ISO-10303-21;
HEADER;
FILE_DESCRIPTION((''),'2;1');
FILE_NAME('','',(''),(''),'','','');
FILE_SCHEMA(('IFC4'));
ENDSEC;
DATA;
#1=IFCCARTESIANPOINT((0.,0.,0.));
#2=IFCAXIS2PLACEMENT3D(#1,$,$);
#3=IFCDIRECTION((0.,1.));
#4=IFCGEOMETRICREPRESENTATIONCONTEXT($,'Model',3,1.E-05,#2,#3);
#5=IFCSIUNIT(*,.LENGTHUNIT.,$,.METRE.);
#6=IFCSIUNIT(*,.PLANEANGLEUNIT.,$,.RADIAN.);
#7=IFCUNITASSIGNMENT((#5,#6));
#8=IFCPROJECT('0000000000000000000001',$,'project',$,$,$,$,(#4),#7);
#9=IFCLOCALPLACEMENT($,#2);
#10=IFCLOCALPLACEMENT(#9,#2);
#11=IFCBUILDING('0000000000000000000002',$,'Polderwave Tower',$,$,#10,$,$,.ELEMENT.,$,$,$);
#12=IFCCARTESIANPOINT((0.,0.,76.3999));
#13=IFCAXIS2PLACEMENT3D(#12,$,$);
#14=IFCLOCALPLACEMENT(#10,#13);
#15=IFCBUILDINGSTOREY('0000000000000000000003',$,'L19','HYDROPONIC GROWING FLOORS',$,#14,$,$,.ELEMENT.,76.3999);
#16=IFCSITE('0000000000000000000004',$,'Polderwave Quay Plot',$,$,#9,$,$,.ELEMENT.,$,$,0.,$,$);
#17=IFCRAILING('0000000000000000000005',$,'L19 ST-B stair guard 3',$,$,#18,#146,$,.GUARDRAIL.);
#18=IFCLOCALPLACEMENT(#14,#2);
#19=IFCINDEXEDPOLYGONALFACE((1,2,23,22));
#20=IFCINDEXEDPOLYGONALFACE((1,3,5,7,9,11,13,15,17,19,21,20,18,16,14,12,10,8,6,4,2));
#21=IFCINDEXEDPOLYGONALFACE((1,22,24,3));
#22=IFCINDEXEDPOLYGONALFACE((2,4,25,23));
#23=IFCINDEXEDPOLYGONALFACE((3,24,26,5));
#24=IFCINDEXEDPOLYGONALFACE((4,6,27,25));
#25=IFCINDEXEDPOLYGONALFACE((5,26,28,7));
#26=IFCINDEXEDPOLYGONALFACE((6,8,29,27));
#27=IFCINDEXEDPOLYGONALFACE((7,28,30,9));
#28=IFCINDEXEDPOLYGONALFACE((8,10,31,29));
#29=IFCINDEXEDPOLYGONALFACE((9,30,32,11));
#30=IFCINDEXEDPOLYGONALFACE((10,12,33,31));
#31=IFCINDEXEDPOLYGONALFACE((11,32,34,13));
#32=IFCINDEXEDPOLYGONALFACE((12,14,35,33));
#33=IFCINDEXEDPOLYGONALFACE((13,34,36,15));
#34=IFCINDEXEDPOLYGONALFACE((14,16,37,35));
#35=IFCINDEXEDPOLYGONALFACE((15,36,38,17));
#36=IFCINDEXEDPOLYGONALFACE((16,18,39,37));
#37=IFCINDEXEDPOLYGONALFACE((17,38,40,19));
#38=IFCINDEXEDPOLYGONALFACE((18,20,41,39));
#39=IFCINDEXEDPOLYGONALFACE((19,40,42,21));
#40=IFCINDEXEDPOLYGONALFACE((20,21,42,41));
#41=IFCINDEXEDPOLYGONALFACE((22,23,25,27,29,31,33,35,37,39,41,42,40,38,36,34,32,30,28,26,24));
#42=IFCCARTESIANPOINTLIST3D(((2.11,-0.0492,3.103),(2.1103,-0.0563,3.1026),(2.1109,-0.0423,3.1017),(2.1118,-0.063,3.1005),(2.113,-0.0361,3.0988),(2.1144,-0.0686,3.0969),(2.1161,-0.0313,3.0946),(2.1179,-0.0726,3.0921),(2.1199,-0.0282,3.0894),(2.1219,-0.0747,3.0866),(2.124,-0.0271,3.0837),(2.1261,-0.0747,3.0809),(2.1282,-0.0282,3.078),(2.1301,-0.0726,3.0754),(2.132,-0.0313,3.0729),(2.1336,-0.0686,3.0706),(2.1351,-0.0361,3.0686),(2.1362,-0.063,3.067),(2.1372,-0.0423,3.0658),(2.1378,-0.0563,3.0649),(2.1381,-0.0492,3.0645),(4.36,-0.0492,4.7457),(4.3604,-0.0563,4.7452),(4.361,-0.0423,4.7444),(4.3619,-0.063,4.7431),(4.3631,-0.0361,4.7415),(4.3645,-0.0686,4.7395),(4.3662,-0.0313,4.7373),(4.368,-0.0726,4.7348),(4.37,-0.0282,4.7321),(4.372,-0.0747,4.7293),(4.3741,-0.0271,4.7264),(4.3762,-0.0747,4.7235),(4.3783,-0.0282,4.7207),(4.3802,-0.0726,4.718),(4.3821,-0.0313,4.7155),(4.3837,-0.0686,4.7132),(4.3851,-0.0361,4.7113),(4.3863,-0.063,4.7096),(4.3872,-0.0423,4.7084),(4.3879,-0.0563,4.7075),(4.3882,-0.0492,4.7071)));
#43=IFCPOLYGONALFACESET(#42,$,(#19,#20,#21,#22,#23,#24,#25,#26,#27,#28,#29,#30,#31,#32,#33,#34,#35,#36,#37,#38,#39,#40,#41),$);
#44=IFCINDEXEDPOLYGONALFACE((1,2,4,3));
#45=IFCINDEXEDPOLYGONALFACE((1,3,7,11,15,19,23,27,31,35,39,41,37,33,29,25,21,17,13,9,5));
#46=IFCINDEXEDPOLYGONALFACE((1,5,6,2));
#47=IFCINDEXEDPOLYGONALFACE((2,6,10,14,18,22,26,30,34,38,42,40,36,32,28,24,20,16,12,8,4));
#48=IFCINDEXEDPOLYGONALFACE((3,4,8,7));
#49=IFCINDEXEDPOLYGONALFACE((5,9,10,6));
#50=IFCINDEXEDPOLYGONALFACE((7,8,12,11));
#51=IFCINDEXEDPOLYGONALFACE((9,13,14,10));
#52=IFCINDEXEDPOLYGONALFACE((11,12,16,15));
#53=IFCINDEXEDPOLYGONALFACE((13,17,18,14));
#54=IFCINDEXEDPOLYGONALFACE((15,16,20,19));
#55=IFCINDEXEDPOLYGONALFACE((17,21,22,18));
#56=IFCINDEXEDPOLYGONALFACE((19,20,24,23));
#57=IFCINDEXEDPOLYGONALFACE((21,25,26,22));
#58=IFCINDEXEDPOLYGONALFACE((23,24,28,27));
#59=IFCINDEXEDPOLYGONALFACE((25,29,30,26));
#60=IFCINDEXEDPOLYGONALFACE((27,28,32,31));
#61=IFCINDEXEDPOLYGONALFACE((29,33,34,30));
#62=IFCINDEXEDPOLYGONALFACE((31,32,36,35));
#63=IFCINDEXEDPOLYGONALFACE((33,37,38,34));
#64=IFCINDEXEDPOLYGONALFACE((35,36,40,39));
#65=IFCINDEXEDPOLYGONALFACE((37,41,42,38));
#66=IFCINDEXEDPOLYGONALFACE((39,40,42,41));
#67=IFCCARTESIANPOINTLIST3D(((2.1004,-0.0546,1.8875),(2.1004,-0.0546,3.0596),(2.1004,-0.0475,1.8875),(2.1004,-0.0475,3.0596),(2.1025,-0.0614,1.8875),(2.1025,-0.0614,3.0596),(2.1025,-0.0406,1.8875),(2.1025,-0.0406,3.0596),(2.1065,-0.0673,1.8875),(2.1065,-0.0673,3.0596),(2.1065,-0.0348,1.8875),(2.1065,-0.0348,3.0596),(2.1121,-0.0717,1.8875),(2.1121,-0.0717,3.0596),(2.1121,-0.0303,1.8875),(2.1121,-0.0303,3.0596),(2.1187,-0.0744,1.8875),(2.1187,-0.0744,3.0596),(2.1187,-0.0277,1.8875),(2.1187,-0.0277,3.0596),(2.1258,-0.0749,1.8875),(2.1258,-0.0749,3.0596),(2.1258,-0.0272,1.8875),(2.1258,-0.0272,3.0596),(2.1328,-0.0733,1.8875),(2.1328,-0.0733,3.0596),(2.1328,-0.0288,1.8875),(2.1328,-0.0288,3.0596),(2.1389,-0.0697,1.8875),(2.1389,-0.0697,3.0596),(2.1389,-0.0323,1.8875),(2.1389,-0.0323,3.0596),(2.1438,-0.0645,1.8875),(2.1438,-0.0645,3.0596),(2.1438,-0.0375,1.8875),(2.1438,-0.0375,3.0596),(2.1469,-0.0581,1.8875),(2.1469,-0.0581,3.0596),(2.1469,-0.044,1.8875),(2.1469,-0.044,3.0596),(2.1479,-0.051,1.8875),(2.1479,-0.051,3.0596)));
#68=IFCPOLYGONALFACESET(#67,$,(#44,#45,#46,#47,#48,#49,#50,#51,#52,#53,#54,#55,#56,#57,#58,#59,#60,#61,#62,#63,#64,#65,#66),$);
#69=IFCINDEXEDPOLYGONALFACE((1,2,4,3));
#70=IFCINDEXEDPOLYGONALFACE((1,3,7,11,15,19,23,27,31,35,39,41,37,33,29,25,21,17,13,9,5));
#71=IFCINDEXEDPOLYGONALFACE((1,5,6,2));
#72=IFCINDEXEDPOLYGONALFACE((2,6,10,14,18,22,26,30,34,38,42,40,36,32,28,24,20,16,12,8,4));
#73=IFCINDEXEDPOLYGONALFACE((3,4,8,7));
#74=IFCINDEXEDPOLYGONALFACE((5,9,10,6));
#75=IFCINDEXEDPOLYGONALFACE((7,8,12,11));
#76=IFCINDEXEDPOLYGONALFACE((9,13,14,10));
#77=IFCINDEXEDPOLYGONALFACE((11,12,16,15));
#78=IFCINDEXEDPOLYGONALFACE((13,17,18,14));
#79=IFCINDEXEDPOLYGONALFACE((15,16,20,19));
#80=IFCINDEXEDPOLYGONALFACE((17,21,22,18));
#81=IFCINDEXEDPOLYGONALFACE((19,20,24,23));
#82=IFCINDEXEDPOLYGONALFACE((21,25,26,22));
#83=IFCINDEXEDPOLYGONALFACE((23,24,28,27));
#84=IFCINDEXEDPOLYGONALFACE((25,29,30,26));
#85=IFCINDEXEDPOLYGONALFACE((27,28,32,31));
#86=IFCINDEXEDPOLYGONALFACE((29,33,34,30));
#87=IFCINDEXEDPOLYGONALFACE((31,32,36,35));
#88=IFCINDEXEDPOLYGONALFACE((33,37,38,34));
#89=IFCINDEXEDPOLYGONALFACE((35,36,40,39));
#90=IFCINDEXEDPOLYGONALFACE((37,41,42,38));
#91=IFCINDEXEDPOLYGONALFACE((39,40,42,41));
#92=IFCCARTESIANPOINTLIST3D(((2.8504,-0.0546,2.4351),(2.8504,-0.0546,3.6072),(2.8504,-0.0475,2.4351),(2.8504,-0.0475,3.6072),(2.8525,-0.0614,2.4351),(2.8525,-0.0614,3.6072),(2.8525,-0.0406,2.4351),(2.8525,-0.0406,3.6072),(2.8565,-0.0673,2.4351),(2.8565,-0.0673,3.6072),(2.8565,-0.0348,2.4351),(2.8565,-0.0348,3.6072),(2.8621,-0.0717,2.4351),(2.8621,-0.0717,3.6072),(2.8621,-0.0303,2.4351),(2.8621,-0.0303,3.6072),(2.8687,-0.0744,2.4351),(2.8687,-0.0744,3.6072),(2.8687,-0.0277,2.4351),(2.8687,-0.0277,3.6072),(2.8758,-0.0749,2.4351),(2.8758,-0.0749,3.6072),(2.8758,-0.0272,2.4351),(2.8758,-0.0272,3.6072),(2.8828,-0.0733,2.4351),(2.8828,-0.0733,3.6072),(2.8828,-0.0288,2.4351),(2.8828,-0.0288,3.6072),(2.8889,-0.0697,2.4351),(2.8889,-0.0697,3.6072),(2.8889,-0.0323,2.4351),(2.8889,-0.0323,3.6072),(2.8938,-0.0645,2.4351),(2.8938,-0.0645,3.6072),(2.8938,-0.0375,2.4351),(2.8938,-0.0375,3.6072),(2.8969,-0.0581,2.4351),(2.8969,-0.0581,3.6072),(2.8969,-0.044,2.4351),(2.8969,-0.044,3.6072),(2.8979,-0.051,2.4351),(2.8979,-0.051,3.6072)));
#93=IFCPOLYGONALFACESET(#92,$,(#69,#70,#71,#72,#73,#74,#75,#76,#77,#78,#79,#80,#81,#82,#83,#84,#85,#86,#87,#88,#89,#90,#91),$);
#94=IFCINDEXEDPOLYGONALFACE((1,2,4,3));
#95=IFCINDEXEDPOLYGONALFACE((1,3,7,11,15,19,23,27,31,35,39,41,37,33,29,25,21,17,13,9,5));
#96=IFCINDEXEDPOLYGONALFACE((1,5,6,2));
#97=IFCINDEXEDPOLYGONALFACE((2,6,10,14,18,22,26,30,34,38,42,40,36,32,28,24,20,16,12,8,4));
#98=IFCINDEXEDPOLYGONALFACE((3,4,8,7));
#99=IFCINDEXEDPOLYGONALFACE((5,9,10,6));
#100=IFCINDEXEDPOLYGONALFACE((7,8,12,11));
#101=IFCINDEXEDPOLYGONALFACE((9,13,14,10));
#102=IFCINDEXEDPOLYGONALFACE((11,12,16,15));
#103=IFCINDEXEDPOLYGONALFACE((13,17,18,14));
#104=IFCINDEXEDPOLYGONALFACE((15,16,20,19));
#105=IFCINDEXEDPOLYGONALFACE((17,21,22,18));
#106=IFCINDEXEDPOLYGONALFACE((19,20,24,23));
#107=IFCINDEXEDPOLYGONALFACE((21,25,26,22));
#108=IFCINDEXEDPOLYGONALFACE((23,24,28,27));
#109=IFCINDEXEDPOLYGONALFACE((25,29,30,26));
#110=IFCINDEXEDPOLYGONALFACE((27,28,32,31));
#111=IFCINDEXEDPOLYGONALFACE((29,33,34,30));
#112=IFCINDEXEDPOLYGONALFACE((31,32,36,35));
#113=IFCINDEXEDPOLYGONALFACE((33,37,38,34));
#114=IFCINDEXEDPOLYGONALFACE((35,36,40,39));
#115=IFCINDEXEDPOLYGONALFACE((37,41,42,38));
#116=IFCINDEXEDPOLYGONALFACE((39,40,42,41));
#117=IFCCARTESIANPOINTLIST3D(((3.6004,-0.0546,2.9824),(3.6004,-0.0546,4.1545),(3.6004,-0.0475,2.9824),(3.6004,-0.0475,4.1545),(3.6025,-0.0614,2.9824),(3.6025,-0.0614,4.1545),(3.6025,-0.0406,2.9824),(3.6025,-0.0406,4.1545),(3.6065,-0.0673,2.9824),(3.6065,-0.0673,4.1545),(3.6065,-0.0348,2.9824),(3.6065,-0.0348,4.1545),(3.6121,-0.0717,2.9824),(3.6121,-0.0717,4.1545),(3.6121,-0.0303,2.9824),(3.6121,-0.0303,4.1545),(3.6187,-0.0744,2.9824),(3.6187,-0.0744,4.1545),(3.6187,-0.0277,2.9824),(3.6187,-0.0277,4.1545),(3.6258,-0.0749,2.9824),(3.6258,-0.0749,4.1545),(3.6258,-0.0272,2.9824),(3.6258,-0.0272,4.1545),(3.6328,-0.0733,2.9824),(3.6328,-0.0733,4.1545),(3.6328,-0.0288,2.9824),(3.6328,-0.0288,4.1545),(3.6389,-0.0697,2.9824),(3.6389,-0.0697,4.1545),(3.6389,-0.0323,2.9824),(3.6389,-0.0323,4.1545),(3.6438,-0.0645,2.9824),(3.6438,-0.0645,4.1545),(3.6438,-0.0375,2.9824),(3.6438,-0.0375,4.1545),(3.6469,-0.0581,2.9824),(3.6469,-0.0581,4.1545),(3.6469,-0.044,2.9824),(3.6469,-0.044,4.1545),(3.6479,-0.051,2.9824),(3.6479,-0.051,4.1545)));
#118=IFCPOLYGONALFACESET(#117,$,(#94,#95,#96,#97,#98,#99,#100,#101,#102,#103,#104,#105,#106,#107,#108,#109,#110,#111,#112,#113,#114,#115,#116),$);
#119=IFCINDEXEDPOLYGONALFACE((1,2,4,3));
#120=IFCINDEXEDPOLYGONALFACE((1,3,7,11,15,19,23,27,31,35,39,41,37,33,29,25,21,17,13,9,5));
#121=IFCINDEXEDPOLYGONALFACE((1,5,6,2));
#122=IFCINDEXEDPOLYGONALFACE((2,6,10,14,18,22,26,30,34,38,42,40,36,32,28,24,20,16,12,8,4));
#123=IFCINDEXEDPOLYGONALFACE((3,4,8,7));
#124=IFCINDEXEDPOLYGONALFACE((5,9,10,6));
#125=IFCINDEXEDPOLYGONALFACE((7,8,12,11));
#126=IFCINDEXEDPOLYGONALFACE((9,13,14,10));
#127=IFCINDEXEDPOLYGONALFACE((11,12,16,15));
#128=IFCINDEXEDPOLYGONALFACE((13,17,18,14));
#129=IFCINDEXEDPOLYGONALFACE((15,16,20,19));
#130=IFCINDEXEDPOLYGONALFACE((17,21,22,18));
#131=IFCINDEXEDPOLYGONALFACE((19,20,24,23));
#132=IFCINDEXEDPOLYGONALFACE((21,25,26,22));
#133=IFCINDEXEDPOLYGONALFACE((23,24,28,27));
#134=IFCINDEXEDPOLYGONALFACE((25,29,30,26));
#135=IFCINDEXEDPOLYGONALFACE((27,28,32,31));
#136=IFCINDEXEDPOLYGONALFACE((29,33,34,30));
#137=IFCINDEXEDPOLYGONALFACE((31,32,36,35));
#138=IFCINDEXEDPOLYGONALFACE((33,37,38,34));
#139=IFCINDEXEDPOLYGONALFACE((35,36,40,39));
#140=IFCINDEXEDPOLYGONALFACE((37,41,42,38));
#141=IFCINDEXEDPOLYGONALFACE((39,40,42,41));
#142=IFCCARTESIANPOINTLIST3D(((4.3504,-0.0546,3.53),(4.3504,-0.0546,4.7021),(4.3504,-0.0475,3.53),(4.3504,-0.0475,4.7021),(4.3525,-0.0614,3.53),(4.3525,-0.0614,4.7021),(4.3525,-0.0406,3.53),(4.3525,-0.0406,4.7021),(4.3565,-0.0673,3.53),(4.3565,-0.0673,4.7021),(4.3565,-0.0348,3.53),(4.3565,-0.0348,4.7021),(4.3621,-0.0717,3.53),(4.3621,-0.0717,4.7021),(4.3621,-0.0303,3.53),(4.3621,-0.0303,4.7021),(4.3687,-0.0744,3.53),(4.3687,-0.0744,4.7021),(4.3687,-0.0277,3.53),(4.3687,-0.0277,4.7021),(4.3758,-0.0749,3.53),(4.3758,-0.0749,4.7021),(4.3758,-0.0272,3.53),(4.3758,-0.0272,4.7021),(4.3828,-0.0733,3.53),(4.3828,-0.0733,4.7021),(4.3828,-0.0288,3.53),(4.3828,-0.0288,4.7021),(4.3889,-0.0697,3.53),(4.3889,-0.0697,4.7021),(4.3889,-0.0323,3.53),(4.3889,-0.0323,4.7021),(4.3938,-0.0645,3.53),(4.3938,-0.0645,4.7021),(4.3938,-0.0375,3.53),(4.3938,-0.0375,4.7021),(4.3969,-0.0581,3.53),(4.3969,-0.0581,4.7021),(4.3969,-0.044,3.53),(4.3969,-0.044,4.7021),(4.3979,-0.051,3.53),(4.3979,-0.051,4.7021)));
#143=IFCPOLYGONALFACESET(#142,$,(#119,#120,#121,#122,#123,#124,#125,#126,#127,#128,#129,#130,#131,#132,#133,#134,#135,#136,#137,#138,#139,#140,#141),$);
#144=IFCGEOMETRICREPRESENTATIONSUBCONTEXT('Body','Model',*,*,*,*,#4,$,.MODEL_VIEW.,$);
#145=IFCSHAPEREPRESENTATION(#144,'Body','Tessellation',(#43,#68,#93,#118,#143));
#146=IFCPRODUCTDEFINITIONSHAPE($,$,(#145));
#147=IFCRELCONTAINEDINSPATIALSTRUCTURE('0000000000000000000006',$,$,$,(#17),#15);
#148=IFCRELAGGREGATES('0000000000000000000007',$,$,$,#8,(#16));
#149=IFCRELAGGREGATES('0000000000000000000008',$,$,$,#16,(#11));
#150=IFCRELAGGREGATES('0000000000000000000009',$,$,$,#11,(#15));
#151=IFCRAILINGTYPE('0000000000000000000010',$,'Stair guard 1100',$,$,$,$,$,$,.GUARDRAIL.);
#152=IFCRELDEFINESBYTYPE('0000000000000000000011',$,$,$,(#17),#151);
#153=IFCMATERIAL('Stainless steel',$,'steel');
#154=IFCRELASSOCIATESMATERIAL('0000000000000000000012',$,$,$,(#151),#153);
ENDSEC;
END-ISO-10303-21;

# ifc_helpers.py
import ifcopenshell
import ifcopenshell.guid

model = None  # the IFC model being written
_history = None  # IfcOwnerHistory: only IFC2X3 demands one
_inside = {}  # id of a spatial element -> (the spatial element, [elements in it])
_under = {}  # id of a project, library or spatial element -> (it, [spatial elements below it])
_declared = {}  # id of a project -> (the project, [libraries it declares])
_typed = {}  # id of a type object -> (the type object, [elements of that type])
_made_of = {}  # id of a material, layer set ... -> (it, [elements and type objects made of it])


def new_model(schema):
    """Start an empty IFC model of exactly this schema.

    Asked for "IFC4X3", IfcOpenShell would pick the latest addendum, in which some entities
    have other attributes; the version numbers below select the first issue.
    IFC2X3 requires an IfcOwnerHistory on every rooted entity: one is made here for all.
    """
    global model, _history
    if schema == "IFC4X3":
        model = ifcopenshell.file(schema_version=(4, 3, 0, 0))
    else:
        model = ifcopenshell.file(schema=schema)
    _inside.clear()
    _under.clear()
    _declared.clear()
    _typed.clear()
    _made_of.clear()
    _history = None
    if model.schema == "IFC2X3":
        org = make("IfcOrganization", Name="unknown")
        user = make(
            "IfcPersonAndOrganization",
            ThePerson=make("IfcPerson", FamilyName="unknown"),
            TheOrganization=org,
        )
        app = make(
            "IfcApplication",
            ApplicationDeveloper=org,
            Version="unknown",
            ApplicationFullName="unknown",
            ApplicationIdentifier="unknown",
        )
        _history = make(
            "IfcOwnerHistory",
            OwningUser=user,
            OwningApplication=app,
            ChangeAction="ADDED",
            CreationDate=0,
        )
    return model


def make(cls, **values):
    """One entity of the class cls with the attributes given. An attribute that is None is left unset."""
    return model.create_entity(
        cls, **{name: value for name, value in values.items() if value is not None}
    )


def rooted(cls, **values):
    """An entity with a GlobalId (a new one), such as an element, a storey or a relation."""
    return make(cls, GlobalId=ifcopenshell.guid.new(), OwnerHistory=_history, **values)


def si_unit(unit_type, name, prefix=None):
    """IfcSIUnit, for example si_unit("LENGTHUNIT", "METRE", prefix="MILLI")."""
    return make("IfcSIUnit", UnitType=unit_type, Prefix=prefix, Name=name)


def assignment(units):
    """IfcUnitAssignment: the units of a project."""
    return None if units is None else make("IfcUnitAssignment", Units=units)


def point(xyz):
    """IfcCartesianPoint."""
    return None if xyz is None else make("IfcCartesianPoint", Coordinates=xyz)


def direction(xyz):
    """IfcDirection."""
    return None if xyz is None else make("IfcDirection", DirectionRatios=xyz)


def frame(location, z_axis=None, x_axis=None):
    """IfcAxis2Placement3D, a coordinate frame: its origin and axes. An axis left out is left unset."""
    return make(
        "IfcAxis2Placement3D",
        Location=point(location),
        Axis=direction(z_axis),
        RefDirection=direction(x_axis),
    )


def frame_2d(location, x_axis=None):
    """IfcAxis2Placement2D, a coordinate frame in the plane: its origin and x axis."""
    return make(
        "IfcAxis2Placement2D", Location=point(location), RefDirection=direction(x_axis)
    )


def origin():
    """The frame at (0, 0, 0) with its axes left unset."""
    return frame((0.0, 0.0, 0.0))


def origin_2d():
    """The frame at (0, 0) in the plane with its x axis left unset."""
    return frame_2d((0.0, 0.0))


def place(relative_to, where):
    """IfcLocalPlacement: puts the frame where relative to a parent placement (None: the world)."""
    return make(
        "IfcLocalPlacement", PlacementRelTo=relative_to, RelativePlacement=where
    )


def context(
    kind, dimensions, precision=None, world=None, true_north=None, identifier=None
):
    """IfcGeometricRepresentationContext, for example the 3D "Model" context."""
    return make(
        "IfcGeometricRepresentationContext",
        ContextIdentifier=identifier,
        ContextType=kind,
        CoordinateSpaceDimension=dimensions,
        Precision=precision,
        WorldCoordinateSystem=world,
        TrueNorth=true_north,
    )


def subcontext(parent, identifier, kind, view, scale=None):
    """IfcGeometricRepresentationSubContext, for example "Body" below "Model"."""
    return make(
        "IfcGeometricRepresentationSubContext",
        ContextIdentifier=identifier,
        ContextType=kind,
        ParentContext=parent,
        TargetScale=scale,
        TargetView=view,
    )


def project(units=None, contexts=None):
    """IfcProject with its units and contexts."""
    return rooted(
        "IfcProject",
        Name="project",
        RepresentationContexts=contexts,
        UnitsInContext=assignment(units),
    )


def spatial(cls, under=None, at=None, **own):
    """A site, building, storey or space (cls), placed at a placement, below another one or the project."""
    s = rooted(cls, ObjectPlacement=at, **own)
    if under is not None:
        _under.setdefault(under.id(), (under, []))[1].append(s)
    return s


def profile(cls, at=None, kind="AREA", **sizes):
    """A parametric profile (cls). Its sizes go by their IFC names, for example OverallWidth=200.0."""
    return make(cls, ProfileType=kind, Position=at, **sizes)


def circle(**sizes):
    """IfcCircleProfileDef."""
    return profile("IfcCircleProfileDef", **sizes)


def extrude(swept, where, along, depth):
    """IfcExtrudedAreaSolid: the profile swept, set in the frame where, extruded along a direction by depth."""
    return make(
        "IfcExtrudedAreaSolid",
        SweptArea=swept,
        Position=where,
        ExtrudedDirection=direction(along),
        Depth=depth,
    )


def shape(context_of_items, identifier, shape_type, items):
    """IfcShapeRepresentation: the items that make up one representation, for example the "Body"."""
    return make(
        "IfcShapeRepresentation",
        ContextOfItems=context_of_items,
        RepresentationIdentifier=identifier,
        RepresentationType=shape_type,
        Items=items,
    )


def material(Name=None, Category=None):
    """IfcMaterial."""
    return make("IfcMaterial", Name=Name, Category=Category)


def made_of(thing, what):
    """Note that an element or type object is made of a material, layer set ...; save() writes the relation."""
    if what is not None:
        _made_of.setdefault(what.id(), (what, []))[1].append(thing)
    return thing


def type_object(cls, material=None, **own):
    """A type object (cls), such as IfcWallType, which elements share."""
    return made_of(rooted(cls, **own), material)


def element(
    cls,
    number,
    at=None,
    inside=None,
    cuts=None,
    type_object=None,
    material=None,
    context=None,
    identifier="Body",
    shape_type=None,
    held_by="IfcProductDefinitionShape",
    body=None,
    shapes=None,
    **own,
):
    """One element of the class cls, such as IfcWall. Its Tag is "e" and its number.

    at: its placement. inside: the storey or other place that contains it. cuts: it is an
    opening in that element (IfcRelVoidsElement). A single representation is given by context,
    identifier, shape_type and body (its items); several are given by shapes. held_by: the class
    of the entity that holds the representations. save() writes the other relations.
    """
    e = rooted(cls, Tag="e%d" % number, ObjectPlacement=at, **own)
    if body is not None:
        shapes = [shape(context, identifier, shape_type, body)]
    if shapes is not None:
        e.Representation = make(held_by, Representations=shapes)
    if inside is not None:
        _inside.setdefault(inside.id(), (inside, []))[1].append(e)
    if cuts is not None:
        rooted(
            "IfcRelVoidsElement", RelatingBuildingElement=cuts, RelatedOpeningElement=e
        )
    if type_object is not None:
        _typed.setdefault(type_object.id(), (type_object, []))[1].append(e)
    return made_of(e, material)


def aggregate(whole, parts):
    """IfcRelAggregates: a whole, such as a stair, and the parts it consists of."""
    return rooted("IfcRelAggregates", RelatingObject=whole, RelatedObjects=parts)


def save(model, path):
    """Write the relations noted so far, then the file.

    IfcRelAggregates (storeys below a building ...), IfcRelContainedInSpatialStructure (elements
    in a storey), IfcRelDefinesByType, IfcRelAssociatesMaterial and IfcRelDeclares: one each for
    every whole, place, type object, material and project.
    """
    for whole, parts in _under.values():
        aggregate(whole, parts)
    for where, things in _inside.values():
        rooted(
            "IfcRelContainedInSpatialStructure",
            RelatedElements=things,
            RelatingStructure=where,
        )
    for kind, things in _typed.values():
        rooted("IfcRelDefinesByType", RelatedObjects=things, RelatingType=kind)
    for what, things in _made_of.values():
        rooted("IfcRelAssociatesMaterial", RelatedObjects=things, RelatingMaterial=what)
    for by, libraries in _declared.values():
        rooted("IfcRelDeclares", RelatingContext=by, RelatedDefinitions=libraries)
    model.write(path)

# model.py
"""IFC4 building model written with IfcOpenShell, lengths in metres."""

from ifc_helpers import new_model, si_unit, direction, frame, origin, origin_2d, place, context, subcontext, project, spatial, circle, extrude, material, type_object, element, save


model = new_model("IFC4")

# Units and contexts
model_context = context("Model", 3, precision=1e-05, world=origin(), true_north=direction((0.0, 1.0)))
body_context = subcontext(model_context, "Body", "Model", "MODEL_VIEW")
ifc_project = project(units=[si_unit("LENGTHUNIT", "METRE"), si_unit("PLANEANGLEUNIT", "RADIAN")], contexts=[model_context])

# Site, building, storey
site_placement = place(None, origin())
site = spatial("IfcSite", under=ifc_project, at=site_placement, Name="Polderwave Quay Plot", CompositionType="ELEMENT", RefElevation=0.0)
building_placement = place(site_placement, origin())
building = spatial("IfcBuilding", under=site, at=building_placement, Name="Polderwave Tower", CompositionType="ELEMENT")
storey_placement = place(building_placement, frame((0.0, 0.0, 76.3999)))
storey = spatial("IfcBuildingStorey", under=building, at=storey_placement, Name="L19", Description="HYDROPONIC GROWING FLOORS", CompositionType="ELEMENT", Elevation=76.3999)

# Railing
ifc_material_1 = material(Name="Stainless steel", Category="steel")
railing_type_1 = type_object("IfcRailingType", Name="Stair guard 1100", PredefinedType="GUARDRAIL", material=ifc_material_1)
railing_1_placement = place(storey_placement, frame((2.124, -0.051, 1.8875)))
element("IfcRailing", 1, at=railing_1_placement, inside=storey, type_object=railing_type_1, Name="L19 ST-B stair guard 3", PredefinedType="GUARDRAIL", context=body_context, shape_type="SweptSolid", body=[
    extrude(circle(Radius=0.0239, at=origin_2d()), frame((0.0, 0.0, 1.1963), z_axis=(0.807674, 0.0, 0.58963), x_axis=(0.0, 1.0, 0.0)), (0.0, 0.0, 1.0), 2.7859),
    extrude(circle(Radius=0.0239, at=origin_2d()), origin(), (0.0, 0.0, 1.0), 1.1721),
    extrude(circle(Radius=0.0239, at=origin_2d()), frame((0.75, 0.0, 0.5476)), (0.0, 0.0, 1.0), 1.1721),
    extrude(circle(Radius=0.0239, at=origin_2d()), frame((1.5, 0.0, 1.095)), (0.0, 0.0, 1.0), 1.1721),
    extrude(circle(Radius=0.0239, at=origin_2d()), frame((2.25, 0.0, 1.6426)), (0.0, 0.0, 1.0), 1.1721),
])

save(model, "model.ifc")
